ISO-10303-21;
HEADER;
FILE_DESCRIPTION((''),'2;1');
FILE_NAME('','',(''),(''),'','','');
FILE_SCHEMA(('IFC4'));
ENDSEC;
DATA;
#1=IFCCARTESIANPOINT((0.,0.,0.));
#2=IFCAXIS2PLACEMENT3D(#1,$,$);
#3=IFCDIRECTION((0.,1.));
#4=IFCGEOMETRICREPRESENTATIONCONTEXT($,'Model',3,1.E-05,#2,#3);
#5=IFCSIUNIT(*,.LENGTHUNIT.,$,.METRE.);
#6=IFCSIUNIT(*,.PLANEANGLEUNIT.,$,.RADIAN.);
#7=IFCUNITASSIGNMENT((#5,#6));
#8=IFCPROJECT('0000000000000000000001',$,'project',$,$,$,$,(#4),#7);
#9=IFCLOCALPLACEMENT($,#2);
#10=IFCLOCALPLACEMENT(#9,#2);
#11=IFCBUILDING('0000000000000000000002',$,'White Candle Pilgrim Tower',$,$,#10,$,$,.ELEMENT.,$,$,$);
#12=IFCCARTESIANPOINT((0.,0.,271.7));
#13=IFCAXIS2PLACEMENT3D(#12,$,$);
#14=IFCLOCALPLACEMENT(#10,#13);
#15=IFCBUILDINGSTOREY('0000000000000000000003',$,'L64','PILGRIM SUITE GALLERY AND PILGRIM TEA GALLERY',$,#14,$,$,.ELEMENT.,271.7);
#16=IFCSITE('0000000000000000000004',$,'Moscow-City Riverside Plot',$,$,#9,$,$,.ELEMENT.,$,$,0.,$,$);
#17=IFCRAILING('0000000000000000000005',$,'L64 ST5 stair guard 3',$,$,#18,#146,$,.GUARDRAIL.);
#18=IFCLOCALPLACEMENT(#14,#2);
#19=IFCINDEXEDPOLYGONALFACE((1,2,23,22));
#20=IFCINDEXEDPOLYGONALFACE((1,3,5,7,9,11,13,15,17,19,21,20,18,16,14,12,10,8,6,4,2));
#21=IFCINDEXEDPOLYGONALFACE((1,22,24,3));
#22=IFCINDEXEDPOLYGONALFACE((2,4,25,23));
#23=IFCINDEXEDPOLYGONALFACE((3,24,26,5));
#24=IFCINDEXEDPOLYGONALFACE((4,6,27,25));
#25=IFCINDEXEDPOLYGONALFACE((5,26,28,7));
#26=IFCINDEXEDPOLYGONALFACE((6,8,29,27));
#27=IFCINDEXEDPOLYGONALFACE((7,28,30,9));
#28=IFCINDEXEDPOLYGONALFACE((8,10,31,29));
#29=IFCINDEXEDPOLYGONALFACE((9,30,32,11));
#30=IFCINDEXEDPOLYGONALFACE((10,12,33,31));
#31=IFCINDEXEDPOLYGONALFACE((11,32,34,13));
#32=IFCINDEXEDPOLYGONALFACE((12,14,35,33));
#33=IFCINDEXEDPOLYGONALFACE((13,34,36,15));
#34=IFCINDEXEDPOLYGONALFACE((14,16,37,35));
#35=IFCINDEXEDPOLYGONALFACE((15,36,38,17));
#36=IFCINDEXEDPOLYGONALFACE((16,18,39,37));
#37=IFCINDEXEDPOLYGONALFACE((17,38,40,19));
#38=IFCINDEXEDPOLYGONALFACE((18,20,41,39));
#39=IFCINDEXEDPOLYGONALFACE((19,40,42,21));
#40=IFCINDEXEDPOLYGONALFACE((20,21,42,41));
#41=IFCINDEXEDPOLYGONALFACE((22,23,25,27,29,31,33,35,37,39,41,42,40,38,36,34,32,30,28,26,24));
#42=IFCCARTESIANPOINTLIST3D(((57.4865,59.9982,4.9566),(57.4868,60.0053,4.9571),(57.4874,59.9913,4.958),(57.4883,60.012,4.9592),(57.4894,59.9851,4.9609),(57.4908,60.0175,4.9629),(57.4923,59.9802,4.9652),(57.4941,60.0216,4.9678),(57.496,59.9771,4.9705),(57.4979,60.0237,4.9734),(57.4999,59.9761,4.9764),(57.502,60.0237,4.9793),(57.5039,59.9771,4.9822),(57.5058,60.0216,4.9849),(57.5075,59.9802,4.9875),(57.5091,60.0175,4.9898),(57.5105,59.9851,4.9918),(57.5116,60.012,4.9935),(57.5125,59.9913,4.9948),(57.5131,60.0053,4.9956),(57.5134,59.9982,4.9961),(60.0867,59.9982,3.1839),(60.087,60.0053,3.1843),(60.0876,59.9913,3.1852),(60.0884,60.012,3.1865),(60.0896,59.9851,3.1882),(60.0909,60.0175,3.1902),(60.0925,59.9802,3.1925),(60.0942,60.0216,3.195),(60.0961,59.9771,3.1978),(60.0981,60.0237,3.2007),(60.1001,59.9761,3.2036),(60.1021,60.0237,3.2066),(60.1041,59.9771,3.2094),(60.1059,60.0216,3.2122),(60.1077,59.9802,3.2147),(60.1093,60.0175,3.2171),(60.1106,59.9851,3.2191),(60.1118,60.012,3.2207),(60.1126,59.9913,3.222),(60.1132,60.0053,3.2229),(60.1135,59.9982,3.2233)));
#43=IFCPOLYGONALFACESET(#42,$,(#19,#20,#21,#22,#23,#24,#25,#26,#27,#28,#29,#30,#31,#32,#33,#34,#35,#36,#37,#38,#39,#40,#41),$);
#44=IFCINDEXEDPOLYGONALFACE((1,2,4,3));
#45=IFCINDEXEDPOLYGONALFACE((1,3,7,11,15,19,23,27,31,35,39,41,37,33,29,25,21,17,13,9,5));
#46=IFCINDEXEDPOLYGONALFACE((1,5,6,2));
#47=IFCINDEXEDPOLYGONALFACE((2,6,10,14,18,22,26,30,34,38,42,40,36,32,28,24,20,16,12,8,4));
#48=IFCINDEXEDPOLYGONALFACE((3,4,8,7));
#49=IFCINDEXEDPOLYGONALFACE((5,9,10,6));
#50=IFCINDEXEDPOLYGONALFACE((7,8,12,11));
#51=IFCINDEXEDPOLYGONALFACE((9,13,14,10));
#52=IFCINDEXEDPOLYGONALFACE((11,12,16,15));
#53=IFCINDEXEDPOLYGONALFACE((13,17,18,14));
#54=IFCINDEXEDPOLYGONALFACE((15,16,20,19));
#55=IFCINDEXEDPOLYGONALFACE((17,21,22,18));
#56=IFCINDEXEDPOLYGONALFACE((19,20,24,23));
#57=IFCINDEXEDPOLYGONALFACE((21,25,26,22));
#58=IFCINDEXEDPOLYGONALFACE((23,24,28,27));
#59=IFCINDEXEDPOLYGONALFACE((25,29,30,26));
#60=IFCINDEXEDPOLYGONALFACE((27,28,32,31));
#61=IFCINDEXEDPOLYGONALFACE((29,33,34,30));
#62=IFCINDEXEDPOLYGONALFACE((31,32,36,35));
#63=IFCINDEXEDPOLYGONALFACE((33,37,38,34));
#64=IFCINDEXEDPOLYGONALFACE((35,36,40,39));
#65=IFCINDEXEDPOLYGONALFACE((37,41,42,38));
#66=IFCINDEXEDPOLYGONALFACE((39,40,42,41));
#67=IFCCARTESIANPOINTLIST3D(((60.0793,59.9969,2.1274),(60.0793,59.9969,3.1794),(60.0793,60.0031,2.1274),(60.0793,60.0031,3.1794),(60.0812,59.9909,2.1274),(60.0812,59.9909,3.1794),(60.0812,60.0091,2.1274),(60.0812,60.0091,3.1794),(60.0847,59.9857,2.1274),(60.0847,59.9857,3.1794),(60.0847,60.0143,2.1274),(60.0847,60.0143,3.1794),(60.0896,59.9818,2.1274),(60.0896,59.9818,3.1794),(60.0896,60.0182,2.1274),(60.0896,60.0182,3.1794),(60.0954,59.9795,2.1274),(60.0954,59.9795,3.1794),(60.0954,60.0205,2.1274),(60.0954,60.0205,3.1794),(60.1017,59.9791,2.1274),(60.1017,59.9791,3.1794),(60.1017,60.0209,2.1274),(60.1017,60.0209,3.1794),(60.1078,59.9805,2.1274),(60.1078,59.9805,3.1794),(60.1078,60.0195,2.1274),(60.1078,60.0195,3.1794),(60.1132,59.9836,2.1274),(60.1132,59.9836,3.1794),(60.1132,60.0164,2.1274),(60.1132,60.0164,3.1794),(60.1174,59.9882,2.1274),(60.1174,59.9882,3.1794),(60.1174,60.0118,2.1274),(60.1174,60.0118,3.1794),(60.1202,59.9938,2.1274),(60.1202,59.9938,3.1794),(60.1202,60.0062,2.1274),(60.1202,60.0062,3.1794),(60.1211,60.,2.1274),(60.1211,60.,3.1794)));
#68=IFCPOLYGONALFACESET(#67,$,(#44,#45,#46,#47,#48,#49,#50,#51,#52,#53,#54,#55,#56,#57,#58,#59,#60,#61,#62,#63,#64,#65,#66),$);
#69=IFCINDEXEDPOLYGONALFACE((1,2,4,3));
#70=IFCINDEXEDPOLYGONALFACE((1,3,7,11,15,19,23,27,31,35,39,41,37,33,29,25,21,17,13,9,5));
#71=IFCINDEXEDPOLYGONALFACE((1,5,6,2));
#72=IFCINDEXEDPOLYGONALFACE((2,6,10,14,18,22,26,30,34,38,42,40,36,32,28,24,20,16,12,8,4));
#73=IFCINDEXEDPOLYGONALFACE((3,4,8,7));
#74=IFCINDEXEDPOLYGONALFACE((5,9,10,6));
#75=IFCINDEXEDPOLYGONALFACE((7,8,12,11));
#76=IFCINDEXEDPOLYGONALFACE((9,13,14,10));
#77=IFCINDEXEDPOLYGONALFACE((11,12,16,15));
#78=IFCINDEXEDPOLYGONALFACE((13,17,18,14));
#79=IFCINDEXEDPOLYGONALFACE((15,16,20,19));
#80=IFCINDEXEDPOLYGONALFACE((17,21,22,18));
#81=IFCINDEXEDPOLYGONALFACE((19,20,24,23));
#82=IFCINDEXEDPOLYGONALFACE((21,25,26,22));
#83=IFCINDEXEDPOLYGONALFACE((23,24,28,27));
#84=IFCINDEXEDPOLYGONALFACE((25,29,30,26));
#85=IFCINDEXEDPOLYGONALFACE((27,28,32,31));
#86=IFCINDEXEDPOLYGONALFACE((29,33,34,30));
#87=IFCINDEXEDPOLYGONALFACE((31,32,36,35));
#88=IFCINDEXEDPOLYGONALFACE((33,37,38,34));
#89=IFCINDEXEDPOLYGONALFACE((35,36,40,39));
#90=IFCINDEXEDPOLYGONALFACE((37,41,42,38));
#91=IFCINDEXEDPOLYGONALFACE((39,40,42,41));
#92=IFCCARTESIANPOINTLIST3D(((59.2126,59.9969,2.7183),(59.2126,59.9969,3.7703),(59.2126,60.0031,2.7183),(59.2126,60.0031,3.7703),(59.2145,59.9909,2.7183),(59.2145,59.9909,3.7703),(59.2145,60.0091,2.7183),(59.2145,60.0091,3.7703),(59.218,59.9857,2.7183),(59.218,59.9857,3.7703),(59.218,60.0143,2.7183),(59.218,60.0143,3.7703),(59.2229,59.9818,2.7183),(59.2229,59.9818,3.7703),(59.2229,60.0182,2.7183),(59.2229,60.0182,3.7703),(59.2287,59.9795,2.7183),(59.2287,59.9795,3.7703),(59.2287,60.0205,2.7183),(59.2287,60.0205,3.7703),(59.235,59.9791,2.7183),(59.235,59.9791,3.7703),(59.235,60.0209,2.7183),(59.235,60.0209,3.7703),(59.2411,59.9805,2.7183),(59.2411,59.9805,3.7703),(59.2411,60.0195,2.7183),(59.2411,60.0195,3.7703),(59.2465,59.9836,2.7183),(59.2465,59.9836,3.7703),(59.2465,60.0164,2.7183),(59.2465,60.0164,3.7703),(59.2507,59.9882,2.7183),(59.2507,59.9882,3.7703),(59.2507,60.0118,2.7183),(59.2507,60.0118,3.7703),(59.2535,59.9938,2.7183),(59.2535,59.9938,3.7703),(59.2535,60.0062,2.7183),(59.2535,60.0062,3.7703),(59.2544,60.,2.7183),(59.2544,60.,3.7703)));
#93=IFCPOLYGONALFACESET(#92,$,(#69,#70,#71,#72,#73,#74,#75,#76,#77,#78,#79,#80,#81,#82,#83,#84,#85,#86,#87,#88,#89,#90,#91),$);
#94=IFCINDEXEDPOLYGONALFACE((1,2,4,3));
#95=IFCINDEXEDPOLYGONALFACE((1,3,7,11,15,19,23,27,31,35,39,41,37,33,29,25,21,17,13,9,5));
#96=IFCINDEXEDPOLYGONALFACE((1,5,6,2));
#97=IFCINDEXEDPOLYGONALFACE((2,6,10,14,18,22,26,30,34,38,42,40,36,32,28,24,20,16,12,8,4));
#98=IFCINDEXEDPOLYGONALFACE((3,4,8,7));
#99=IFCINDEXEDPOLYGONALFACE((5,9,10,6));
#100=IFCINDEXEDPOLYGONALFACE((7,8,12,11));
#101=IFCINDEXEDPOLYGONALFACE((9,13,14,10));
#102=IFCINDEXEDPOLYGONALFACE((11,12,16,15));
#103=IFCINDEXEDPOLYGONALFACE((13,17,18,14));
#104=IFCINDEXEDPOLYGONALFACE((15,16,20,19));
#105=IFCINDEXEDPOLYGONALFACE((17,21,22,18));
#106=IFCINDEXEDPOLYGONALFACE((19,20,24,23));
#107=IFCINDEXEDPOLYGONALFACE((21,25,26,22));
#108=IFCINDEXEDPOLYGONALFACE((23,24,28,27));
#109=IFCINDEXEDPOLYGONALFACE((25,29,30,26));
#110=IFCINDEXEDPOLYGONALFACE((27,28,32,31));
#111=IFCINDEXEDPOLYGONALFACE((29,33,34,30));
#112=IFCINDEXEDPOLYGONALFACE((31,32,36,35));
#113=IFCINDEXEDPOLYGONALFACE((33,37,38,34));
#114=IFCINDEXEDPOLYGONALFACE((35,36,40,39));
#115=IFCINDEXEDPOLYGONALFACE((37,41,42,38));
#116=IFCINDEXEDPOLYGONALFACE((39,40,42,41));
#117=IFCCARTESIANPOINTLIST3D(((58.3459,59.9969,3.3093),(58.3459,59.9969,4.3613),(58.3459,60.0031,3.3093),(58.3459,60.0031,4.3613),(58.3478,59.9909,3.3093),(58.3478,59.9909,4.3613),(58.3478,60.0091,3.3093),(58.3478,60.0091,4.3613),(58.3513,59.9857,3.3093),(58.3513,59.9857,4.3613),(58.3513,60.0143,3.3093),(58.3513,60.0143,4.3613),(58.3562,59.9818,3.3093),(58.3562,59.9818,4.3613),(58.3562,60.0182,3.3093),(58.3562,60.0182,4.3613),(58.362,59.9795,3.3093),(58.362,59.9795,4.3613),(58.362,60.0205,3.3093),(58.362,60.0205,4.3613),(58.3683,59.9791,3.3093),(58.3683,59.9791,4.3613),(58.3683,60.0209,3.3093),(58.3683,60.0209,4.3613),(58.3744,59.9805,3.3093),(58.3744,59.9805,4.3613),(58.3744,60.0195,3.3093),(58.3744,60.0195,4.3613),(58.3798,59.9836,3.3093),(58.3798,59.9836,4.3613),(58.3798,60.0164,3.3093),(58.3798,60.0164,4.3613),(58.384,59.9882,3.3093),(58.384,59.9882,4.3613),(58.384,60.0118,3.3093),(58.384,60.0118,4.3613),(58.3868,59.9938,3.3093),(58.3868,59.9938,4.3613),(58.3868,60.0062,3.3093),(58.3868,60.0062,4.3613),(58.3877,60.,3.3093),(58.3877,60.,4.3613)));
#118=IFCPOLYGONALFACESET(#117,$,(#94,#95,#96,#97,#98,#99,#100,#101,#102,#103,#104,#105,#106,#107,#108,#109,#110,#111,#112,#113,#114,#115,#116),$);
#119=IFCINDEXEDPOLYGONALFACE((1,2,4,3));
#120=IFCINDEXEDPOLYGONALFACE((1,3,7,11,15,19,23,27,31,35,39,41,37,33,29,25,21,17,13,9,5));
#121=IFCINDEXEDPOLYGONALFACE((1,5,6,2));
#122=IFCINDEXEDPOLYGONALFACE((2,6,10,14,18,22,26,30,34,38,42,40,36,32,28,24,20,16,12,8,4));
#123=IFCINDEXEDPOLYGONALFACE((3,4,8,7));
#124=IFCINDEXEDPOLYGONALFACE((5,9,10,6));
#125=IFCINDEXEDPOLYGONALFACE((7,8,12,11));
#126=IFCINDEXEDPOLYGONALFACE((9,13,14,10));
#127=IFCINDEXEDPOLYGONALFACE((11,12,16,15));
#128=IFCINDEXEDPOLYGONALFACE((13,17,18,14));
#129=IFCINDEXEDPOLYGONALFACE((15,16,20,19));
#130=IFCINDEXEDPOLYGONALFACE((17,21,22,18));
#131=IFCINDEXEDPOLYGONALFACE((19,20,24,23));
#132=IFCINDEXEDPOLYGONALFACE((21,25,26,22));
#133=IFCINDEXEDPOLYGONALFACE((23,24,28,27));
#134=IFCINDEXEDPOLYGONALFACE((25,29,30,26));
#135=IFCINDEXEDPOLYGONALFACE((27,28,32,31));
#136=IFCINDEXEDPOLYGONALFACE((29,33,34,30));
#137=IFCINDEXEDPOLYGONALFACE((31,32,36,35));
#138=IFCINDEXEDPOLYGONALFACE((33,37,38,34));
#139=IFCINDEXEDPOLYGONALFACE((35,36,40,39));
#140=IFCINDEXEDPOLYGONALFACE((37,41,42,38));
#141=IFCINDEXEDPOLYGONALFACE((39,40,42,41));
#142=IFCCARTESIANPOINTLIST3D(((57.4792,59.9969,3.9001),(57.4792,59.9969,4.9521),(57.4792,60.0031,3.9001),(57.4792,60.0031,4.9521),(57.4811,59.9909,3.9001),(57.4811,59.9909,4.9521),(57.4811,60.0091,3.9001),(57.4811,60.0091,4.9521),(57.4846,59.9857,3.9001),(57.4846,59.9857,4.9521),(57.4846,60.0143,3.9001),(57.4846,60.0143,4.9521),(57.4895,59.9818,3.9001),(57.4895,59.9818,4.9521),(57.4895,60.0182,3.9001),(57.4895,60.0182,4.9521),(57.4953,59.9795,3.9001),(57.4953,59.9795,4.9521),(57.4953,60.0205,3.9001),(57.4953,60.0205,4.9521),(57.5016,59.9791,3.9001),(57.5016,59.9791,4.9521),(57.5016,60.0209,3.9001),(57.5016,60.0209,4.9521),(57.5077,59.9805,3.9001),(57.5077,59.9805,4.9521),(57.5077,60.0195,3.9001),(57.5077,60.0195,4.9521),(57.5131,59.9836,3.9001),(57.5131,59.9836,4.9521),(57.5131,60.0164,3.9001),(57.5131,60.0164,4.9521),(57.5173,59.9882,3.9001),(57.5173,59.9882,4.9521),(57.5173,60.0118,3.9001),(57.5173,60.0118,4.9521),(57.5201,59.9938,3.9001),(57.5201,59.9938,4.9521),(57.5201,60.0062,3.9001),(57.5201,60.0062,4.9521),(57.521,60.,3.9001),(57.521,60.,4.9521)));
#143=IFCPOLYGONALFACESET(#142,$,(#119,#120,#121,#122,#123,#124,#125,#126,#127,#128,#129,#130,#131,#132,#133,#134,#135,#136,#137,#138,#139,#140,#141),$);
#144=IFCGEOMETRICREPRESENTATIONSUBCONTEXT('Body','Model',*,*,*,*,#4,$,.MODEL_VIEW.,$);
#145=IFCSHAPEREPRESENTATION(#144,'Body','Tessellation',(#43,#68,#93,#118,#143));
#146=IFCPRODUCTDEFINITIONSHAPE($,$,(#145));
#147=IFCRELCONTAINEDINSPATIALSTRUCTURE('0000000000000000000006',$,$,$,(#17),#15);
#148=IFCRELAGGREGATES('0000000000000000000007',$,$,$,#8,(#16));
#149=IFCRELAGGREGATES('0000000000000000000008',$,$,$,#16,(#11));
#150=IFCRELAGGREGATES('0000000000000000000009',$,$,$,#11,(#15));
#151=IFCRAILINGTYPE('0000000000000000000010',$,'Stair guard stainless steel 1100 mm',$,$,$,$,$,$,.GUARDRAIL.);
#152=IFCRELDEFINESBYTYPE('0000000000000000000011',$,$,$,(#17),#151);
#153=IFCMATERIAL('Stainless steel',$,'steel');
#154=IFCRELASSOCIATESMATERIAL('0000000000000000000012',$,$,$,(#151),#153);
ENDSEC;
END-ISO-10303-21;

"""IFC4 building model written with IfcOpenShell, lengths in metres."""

from ifc_helpers import new_model, si_unit, direction, frame, origin, origin_2d, place, context, subcontext, project, spatial, circle, extrude, material, type_object, element, save


model = new_model("IFC4")

# Units and contexts
model_context = context("Model", 3, precision=1e-05, world=origin(), true_north=direction((0.0, 1.0)))
body_context = subcontext(model_context, "Body", "Model", "MODEL_VIEW")
ifc_project = project(units=[si_unit("LENGTHUNIT", "METRE"), si_unit("PLANEANGLEUNIT", "RADIAN")], contexts=[model_context])

# Site, building, storey
site_placement = place(None, origin())
site = spatial("IfcSite", under=ifc_project, at=site_placement, Name="Moscow-City Riverside Plot", CompositionType="ELEMENT", RefElevation=0.0)
building_placement = place(site_placement, origin())
building = spatial("IfcBuilding", under=site, at=building_placement, Name="White Candle Pilgrim Tower", CompositionType="ELEMENT")
storey_placement = place(building_placement, frame((0.0, 0.0, 271.7)))
storey = spatial("IfcBuildingStorey", under=building, at=storey_placement, Name="L64", Description="PILGRIM SUITE GALLERY AND PILGRIM TEA GALLERY", CompositionType="ELEMENT", Elevation=271.7)

# Railing
ifc_material_1 = material(Name="Stainless steel", Category="steel")
railing_type = type_object("IfcRailingType", Name="Stair guard stainless steel 1100 mm", PredefinedType="GUARDRAIL", material=ifc_material_1)
railing_1_placement = place(storey_placement, frame((60.1001, 60.0, 2.1274)))
element("IfcRailing", 1, at=railing_1_placement, inside=storey, type_object=railing_type, Name="L64 ST5 stair guard 3", PredefinedType="GUARDRAIL", context=body_context, shape_type="SweptSolid", body=[
    extrude(circle(Radius=0.0239, at=origin_2d()), frame((0.0, 0.0, 1.0762), z_axis=(-0.82624, 0.0, 0.563318), x_axis=(0.0, -1.0, 0.0)), (0.0, 0.0, 1.0), 3.147),
    extrude(circle(Radius=0.021, at=origin_2d()), origin(), (0.0, 0.0, 1.0), 1.052),
    extrude(circle(Radius=0.021, at=origin_2d()), frame((-0.8667, 0.0, 0.5908)), (0.0, 0.0, 1.0), 1.052),
    extrude(circle(Radius=0.021, at=origin_2d()), frame((-1.7334, 0.0, 1.1819)), (0.0, 0.0, 1.0), 1.052),
    extrude(circle(Radius=0.021, at=origin_2d()), frame((-2.6001, 0.0, 1.7727)), (0.0, 0.0, 1.0), 1.052),
])

save(model, "model.ifc")
